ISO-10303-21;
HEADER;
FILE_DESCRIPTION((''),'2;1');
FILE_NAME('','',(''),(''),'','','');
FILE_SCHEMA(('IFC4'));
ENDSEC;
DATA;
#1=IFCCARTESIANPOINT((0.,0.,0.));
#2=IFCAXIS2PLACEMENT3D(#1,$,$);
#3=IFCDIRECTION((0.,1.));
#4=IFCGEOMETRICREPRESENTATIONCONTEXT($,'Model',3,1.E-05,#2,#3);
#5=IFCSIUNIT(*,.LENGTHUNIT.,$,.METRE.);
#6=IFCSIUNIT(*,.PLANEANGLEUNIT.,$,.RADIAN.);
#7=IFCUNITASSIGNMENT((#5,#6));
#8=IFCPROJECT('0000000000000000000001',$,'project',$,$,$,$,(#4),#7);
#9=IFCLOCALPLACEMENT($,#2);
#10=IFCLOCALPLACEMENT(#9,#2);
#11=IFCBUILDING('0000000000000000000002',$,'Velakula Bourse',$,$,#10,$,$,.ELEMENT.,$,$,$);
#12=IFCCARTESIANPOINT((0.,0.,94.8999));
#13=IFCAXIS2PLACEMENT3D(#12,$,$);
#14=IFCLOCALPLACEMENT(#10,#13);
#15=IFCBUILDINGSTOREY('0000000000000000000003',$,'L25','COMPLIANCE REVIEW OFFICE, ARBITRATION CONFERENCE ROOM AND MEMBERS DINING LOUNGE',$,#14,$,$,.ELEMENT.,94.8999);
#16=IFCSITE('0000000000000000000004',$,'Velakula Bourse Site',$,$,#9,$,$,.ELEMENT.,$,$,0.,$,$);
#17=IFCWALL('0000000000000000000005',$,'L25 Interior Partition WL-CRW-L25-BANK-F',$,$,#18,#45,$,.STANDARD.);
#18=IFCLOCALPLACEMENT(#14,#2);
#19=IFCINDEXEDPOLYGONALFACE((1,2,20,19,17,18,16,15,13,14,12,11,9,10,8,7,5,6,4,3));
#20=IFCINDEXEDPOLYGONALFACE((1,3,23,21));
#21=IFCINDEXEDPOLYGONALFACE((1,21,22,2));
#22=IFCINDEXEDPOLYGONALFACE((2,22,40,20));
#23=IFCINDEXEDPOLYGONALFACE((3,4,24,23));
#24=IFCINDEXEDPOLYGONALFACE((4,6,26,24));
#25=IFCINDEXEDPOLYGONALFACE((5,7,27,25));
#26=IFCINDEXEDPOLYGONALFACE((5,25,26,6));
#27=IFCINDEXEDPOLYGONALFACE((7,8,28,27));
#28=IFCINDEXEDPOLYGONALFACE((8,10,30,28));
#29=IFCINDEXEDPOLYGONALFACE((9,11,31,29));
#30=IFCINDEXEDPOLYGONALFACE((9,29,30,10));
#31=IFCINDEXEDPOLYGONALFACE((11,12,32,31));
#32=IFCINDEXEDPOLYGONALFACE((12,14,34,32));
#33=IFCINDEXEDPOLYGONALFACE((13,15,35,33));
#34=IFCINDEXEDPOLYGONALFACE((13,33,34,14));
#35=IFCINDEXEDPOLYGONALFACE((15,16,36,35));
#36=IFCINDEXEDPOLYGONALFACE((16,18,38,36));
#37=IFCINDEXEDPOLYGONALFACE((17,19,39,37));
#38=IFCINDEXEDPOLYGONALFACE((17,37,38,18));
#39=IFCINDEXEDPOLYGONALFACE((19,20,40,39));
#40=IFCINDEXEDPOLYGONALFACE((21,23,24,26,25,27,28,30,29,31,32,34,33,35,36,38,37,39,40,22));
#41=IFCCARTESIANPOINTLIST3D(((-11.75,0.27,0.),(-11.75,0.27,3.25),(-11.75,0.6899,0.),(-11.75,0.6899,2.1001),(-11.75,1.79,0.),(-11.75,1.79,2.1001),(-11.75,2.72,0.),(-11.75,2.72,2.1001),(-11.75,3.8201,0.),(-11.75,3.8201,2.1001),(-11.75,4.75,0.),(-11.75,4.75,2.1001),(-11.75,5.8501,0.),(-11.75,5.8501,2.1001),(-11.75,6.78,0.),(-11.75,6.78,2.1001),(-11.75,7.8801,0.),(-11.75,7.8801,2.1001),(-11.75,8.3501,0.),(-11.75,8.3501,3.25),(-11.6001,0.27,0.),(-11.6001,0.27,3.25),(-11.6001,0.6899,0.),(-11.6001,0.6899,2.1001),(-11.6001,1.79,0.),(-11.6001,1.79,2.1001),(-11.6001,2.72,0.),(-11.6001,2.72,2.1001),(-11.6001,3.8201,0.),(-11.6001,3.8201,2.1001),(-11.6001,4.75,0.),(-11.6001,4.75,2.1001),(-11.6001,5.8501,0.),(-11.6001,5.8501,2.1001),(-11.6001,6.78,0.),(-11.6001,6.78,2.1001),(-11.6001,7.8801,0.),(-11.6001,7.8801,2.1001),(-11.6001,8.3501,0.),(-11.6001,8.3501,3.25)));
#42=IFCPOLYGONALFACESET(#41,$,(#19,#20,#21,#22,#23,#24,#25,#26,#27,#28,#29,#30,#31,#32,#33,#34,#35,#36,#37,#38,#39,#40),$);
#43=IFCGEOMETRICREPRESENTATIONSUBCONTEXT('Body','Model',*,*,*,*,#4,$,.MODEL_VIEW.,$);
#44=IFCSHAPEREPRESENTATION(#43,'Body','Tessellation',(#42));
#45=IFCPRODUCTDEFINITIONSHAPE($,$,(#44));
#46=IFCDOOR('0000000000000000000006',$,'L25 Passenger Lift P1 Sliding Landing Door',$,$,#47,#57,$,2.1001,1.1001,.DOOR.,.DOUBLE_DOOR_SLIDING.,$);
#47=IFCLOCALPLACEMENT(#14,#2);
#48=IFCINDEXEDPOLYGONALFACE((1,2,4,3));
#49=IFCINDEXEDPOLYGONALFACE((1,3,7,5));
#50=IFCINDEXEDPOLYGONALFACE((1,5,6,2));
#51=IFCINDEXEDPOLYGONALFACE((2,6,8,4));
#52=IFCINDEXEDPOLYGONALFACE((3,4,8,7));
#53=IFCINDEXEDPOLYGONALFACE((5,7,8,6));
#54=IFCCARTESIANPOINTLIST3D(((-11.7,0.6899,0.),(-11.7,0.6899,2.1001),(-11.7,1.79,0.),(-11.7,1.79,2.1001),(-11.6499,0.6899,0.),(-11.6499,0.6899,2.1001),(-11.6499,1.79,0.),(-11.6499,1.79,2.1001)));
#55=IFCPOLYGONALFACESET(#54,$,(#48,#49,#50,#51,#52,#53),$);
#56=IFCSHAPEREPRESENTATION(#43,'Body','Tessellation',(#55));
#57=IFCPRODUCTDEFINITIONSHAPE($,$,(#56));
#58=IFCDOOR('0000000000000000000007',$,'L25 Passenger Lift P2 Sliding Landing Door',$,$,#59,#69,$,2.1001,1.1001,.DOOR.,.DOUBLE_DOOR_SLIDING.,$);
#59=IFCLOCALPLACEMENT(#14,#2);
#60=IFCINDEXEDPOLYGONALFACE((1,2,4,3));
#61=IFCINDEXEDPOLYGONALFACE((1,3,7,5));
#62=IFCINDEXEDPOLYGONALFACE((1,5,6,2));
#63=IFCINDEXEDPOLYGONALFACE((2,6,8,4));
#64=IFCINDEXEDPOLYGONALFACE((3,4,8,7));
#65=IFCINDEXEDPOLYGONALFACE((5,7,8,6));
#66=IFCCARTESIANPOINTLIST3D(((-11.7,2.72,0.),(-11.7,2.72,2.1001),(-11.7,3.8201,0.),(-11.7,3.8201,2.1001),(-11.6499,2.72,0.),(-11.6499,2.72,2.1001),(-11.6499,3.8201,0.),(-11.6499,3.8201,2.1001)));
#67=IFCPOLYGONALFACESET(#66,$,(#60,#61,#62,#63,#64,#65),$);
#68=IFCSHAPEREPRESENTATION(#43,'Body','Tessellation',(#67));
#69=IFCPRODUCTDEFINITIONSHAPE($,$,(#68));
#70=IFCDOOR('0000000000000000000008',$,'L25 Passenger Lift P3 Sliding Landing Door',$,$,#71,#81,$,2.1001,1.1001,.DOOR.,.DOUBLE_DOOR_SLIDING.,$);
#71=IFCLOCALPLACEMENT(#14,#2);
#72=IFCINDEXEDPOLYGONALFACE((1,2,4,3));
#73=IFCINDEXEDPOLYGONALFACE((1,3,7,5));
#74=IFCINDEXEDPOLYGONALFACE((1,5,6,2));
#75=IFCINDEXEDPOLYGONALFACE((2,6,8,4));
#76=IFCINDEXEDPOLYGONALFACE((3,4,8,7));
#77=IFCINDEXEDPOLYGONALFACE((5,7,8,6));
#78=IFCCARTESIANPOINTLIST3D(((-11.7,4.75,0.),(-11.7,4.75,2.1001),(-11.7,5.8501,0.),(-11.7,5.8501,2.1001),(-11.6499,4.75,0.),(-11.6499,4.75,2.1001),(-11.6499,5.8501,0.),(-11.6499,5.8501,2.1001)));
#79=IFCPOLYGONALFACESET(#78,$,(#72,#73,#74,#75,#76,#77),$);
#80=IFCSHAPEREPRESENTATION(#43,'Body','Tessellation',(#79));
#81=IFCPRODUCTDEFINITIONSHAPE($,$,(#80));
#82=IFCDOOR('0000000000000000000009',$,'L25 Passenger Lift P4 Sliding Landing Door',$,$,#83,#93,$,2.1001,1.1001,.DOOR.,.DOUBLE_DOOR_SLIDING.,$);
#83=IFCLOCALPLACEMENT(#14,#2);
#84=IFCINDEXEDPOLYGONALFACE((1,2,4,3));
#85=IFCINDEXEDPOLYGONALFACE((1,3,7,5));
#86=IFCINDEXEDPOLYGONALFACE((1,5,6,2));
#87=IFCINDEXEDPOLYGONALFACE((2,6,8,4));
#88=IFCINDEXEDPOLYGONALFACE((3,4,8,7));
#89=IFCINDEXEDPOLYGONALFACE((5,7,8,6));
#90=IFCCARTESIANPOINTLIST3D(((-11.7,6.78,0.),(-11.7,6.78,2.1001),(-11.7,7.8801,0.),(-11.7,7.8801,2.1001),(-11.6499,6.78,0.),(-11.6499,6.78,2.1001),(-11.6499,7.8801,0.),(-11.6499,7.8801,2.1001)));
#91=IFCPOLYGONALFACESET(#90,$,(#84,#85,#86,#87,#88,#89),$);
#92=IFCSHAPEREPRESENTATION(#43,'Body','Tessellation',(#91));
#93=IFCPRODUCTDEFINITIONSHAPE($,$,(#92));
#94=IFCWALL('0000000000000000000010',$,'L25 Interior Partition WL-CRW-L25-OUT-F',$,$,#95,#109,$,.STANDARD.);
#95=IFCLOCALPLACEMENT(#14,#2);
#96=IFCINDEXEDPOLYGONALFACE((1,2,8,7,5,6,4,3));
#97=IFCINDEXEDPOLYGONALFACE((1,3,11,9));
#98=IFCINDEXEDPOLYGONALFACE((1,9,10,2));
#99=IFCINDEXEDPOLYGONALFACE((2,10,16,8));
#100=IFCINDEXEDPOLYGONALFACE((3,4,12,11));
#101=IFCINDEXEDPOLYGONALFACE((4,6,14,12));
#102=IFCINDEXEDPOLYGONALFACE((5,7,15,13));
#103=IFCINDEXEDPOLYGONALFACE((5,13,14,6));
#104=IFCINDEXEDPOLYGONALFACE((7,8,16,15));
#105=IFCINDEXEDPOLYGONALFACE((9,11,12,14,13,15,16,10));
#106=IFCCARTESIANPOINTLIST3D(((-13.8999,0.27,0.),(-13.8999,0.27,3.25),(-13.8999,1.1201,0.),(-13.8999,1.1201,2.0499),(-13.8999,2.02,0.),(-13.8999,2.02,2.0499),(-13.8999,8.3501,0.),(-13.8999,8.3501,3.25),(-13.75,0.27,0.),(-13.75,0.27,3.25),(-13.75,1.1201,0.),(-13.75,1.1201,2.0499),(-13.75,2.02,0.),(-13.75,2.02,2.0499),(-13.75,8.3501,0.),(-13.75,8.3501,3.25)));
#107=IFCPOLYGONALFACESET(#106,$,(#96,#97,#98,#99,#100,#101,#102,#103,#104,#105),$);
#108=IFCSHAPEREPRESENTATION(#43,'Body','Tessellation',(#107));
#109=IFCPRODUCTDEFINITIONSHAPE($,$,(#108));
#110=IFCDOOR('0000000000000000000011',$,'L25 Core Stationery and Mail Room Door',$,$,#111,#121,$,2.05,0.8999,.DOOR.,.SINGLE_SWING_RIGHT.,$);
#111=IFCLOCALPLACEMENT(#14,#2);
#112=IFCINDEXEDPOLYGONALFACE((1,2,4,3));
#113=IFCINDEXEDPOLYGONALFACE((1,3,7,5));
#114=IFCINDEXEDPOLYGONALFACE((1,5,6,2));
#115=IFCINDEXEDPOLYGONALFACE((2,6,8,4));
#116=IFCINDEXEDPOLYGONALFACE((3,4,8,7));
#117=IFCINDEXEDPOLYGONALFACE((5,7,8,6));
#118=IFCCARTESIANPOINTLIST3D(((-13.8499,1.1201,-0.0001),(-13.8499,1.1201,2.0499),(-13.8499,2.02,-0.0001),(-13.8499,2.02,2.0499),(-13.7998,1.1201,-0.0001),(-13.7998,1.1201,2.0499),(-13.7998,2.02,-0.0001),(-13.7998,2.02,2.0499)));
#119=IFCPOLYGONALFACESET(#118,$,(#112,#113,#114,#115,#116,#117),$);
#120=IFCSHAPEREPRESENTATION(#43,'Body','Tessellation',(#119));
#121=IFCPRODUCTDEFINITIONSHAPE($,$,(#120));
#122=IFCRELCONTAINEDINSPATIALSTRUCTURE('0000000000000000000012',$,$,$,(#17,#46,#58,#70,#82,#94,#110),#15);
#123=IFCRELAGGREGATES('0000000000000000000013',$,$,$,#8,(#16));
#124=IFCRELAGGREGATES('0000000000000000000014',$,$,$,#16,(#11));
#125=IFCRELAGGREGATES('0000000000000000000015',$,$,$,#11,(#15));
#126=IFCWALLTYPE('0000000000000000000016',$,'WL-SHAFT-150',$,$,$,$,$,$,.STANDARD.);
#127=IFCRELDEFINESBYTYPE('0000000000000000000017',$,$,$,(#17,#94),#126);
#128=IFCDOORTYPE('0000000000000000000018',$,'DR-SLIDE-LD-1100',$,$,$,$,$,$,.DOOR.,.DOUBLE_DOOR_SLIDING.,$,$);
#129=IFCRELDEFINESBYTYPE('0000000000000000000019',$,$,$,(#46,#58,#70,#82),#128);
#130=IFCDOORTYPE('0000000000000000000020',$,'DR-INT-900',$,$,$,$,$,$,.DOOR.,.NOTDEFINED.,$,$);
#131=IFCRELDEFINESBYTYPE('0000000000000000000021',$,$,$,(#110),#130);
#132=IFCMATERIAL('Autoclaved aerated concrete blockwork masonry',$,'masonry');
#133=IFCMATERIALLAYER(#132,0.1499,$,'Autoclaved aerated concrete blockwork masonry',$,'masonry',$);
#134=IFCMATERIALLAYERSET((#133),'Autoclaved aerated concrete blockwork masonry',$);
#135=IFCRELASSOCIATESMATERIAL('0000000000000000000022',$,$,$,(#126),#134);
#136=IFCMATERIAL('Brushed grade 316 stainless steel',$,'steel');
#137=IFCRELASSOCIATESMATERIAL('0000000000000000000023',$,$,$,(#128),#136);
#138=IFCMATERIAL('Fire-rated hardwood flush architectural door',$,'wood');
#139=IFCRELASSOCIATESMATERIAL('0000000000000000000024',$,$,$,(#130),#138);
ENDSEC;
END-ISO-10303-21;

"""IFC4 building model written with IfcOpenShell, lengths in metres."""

from ifc_helpers import new_model, si_unit, direction, frame, frame_2d, origin, place, context, subcontext, project, spatial, rectangle, extrude, material, layer, layer_set, type_object, element, fill, save


model = new_model("IFC4")

# Units and contexts
model_context = context("Model", 3, precision=1e-05, world=origin(), true_north=direction((0.0, 1.0)))
body_context = subcontext(model_context, "Body", "Model", "MODEL_VIEW")
ifc_project = project(units=[si_unit("LENGTHUNIT", "METRE"), si_unit("PLANEANGLEUNIT", "RADIAN")], contexts=[model_context])

# Site, building, storey
site_placement = place(None, origin())
site = spatial("IfcSite", under=ifc_project, at=site_placement, Name="Velakula Bourse Site", CompositionType="ELEMENT", RefElevation=0.0)
building_placement = place(site_placement, origin())
building = spatial("IfcBuilding", under=site, at=building_placement, Name="Velakula Bourse", CompositionType="ELEMENT")
storey_placement = place(building_placement, frame((0.0, 0.0, 94.8999)))
storey = spatial("IfcBuildingStorey", under=building, at=storey_placement, Name="L25", Description="COMPLIANCE REVIEW OFFICE, ARBITRATION CONFERENCE ROOM AND MEMBERS DINING LOUNGE", CompositionType="ELEMENT", Elevation=94.8999)

# Shared definitions
ifc_material_1 = material(Name="Fire-rated hardwood flush architectural door", Category="wood")

# Shared definitions
ifc_material_2 = material(Name="Autoclaved aerated concrete blockwork masonry", Category="masonry")
ifc_layer_1 = layer(ifc_material_2, 0.1499, Name="Autoclaved aerated concrete blockwork masonry", Category="masonry")
ifc_layer_set_1 = layer_set([ifc_layer_1], Name="Autoclaved aerated concrete blockwork masonry")
wall_type_1 = type_object("IfcWallType", Name="WL-SHAFT-150", PredefinedType="STANDARD", material=ifc_layer_set_1)

# Wall, openings, doors
wall_1_placement = place(storey_placement, frame((-11.675, 0.27, 0.0), z_axis=(0.0, 0.0, 1.0), x_axis=(0.0, 1.0, 0.0)))
wall_1 = element("IfcWall", 1, at=wall_1_placement, inside=storey, type_object=wall_type_1, Name="L25 Interior Partition WL-CRW-L25-BANK-F", PredefinedType="STANDARD", context=body_context, shape_type="SweptSolid", body=[
    extrude(rectangle(XDim=8.0801, YDim=0.1499, at=frame_2d((4.04, 0.0))), origin(), (0.0, 0.0, 1.0), 3.25),
])
opening_1_placement = place(wall_1_placement, frame((0.4199, 0.0, 0.0)))
opening_1 = element("IfcOpeningElement", 2, at=opening_1_placement, cuts=wall_1, PredefinedType="OPENING", context=body_context, shape_type="SweptSolid", body=[
    extrude(rectangle(XDim=1.1001, YDim=2.1001, at=frame_2d((0.55, 1.05))), frame((0.0, 0.085, 0.0), z_axis=(0.0, -1.0, 0.0), x_axis=(1.0, 0.0, 0.0)), (0.0, 0.0, 1.0), 0.1699),
])
opening_2_placement = place(wall_1_placement, frame((2.45, 0.0, 0.0)))
opening_2 = element("IfcOpeningElement", 3, at=opening_2_placement, cuts=wall_1, PredefinedType="OPENING", context=body_context, shape_type="SweptSolid", body=[
    extrude(rectangle(XDim=1.1001, YDim=2.1001, at=frame_2d((0.55, 1.05))), frame((0.0, 0.085, 0.0), z_axis=(0.0, -1.0, 0.0), x_axis=(1.0, 0.0, 0.0)), (0.0, 0.0, 1.0), 0.1699),
])
opening_3_placement = place(wall_1_placement, frame((4.48, 0.0, 0.0)))
opening_3 = element("IfcOpeningElement", 4, at=opening_3_placement, cuts=wall_1, PredefinedType="OPENING", context=body_context, shape_type="SweptSolid", body=[
    extrude(rectangle(XDim=1.1001, YDim=2.1001, at=frame_2d((0.55, 1.05))), frame((0.0, 0.085, 0.0), z_axis=(0.0, -1.0, 0.0), x_axis=(1.0, 0.0, 0.0)), (0.0, 0.0, 1.0), 0.1699),
])
opening_4_placement = place(wall_1_placement, frame((6.51, 0.0, 0.0)))
opening_4 = element("IfcOpeningElement", 5, at=opening_4_placement, cuts=wall_1, PredefinedType="OPENING", context=body_context, shape_type="SweptSolid", body=[
    extrude(rectangle(XDim=1.1001, YDim=2.1001, at=frame_2d((0.55, 1.05))), frame((0.0, 0.085, 0.0), z_axis=(0.0, -1.0, 0.0), x_axis=(1.0, 0.0, 0.0)), (0.0, 0.0, 1.0), 0.1699),
])
ifc_material_3 = material(Name="Brushed grade 316 stainless steel", Category="steel")
door_type_1 = type_object("IfcDoorType", Name="DR-SLIDE-LD-1100", OperationType="DOUBLE_DOOR_SLIDING", PredefinedType="DOOR", material=ifc_material_3)
door_1_placement = place(opening_1_placement, origin())
door_1 = element("IfcDoor", 6, at=door_1_placement, inside=storey, type_object=door_type_1, Name="L25 Passenger Lift P1 Sliding Landing Door", OperationType="DOUBLE_DOOR_SLIDING", OverallHeight=2.1001, OverallWidth=1.1001, PredefinedType="DOOR", context=body_context, shape_type="SweptSolid", body=[
    extrude(rectangle(XDim=1.1001, YDim=2.1001, at=frame_2d((0.55, 1.05))), frame((0.0, 0.0249, 0.0), z_axis=(0.0, -1.0, 0.0), x_axis=(1.0, 0.0, 0.0)), (0.0, 0.0, 1.0), 0.05),
])
fill(opening_1, door_1)
door_2_placement = place(opening_2_placement, origin())
door_2 = element("IfcDoor", 7, at=door_2_placement, inside=storey, type_object=door_type_1, Name="L25 Passenger Lift P2 Sliding Landing Door", OperationType="DOUBLE_DOOR_SLIDING", OverallHeight=2.1001, OverallWidth=1.1001, PredefinedType="DOOR", context=body_context, shape_type="SweptSolid", body=[
    extrude(rectangle(XDim=1.1001, YDim=2.1001, at=frame_2d((0.55, 1.05))), frame((0.0, 0.0249, 0.0), z_axis=(0.0, -1.0, 0.0), x_axis=(1.0, 0.0, 0.0)), (0.0, 0.0, 1.0), 0.05),
])
fill(opening_2, door_2)
door_3_placement = place(opening_3_placement, origin())
door_3 = element("IfcDoor", 8, at=door_3_placement, inside=storey, type_object=door_type_1, Name="L25 Passenger Lift P3 Sliding Landing Door", OperationType="DOUBLE_DOOR_SLIDING", OverallHeight=2.1001, OverallWidth=1.1001, PredefinedType="DOOR", context=body_context, shape_type="SweptSolid", body=[
    extrude(rectangle(XDim=1.1001, YDim=2.1001, at=frame_2d((0.55, 1.05))), frame((0.0, 0.0249, 0.0), z_axis=(0.0, -1.0, 0.0), x_axis=(1.0, 0.0, 0.0)), (0.0, 0.0, 1.0), 0.05),
])
fill(opening_3, door_3)
door_4_placement = place(opening_4_placement, origin())
door_4 = element("IfcDoor", 9, at=door_4_placement, inside=storey, type_object=door_type_1, Name="L25 Passenger Lift P4 Sliding Landing Door", OperationType="DOUBLE_DOOR_SLIDING", OverallHeight=2.1001, OverallWidth=1.1001, PredefinedType="DOOR", context=body_context, shape_type="SweptSolid", body=[
    extrude(rectangle(XDim=1.1001, YDim=2.1001, at=frame_2d((0.55, 1.05))), frame((0.0, 0.0249, 0.0), z_axis=(0.0, -1.0, 0.0), x_axis=(1.0, 0.0, 0.0)), (0.0, 0.0, 1.0), 0.05),
])
fill(opening_4, door_4)

# Wall, opening, door
wall_2_placement = place(storey_placement, frame((-13.825, 0.27, 0.0), z_axis=(0.0, 0.0, 1.0), x_axis=(0.0, 1.0, 0.0)))
wall_2 = element("IfcWall", 10, at=wall_2_placement, inside=storey, type_object=wall_type_1, Name="L25 Interior Partition WL-CRW-L25-OUT-F", PredefinedType="STANDARD", context=body_context, shape_type="SweptSolid", body=[
    extrude(rectangle(XDim=8.0801, YDim=0.1499, at=frame_2d((4.04, 0.0))), origin(), (0.0, 0.0, 1.0), 3.25),
])
opening_5_placement = place(wall_2_placement, frame((0.8501, 0.0, 0.0)))
opening_5 = element("IfcOpeningElement", 11, at=opening_5_placement, cuts=wall_2, PredefinedType="OPENING", context=body_context, shape_type="SweptSolid", body=[
    extrude(rectangle(XDim=0.8999, YDim=2.05, at=frame_2d((0.45, 1.0249))), frame((0.0, 0.085, 0.0), z_axis=(0.0, -1.0, 0.0), x_axis=(1.0, 0.0, 0.0)), (0.0, 0.0, 1.0), 0.1699),
])
door_type_2 = type_object("IfcDoorType", Name="DR-INT-900", OperationType="NOTDEFINED", PredefinedType="DOOR", material=ifc_material_1)
door_5_placement = place(opening_5_placement, origin())
door_5 = element("IfcDoor", 12, at=door_5_placement, inside=storey, type_object=door_type_2, Name="L25 Core Stationery and Mail Room Door", OperationType="SINGLE_SWING_RIGHT", OverallHeight=2.05, OverallWidth=0.8999, PredefinedType="DOOR", context=body_context, shape_type="SweptSolid", body=[
    extrude(rectangle(XDim=0.8999, YDim=2.05, at=frame_2d((0.45, 1.0249))), frame((0.0, 0.0249, 0.0), z_axis=(0.0, -1.0, 0.0), x_axis=(1.0, 0.0, 0.0)), (0.0, 0.0, 1.0), 0.05),
])
fill(opening_5, door_5)

save(model, "model.ifc")
